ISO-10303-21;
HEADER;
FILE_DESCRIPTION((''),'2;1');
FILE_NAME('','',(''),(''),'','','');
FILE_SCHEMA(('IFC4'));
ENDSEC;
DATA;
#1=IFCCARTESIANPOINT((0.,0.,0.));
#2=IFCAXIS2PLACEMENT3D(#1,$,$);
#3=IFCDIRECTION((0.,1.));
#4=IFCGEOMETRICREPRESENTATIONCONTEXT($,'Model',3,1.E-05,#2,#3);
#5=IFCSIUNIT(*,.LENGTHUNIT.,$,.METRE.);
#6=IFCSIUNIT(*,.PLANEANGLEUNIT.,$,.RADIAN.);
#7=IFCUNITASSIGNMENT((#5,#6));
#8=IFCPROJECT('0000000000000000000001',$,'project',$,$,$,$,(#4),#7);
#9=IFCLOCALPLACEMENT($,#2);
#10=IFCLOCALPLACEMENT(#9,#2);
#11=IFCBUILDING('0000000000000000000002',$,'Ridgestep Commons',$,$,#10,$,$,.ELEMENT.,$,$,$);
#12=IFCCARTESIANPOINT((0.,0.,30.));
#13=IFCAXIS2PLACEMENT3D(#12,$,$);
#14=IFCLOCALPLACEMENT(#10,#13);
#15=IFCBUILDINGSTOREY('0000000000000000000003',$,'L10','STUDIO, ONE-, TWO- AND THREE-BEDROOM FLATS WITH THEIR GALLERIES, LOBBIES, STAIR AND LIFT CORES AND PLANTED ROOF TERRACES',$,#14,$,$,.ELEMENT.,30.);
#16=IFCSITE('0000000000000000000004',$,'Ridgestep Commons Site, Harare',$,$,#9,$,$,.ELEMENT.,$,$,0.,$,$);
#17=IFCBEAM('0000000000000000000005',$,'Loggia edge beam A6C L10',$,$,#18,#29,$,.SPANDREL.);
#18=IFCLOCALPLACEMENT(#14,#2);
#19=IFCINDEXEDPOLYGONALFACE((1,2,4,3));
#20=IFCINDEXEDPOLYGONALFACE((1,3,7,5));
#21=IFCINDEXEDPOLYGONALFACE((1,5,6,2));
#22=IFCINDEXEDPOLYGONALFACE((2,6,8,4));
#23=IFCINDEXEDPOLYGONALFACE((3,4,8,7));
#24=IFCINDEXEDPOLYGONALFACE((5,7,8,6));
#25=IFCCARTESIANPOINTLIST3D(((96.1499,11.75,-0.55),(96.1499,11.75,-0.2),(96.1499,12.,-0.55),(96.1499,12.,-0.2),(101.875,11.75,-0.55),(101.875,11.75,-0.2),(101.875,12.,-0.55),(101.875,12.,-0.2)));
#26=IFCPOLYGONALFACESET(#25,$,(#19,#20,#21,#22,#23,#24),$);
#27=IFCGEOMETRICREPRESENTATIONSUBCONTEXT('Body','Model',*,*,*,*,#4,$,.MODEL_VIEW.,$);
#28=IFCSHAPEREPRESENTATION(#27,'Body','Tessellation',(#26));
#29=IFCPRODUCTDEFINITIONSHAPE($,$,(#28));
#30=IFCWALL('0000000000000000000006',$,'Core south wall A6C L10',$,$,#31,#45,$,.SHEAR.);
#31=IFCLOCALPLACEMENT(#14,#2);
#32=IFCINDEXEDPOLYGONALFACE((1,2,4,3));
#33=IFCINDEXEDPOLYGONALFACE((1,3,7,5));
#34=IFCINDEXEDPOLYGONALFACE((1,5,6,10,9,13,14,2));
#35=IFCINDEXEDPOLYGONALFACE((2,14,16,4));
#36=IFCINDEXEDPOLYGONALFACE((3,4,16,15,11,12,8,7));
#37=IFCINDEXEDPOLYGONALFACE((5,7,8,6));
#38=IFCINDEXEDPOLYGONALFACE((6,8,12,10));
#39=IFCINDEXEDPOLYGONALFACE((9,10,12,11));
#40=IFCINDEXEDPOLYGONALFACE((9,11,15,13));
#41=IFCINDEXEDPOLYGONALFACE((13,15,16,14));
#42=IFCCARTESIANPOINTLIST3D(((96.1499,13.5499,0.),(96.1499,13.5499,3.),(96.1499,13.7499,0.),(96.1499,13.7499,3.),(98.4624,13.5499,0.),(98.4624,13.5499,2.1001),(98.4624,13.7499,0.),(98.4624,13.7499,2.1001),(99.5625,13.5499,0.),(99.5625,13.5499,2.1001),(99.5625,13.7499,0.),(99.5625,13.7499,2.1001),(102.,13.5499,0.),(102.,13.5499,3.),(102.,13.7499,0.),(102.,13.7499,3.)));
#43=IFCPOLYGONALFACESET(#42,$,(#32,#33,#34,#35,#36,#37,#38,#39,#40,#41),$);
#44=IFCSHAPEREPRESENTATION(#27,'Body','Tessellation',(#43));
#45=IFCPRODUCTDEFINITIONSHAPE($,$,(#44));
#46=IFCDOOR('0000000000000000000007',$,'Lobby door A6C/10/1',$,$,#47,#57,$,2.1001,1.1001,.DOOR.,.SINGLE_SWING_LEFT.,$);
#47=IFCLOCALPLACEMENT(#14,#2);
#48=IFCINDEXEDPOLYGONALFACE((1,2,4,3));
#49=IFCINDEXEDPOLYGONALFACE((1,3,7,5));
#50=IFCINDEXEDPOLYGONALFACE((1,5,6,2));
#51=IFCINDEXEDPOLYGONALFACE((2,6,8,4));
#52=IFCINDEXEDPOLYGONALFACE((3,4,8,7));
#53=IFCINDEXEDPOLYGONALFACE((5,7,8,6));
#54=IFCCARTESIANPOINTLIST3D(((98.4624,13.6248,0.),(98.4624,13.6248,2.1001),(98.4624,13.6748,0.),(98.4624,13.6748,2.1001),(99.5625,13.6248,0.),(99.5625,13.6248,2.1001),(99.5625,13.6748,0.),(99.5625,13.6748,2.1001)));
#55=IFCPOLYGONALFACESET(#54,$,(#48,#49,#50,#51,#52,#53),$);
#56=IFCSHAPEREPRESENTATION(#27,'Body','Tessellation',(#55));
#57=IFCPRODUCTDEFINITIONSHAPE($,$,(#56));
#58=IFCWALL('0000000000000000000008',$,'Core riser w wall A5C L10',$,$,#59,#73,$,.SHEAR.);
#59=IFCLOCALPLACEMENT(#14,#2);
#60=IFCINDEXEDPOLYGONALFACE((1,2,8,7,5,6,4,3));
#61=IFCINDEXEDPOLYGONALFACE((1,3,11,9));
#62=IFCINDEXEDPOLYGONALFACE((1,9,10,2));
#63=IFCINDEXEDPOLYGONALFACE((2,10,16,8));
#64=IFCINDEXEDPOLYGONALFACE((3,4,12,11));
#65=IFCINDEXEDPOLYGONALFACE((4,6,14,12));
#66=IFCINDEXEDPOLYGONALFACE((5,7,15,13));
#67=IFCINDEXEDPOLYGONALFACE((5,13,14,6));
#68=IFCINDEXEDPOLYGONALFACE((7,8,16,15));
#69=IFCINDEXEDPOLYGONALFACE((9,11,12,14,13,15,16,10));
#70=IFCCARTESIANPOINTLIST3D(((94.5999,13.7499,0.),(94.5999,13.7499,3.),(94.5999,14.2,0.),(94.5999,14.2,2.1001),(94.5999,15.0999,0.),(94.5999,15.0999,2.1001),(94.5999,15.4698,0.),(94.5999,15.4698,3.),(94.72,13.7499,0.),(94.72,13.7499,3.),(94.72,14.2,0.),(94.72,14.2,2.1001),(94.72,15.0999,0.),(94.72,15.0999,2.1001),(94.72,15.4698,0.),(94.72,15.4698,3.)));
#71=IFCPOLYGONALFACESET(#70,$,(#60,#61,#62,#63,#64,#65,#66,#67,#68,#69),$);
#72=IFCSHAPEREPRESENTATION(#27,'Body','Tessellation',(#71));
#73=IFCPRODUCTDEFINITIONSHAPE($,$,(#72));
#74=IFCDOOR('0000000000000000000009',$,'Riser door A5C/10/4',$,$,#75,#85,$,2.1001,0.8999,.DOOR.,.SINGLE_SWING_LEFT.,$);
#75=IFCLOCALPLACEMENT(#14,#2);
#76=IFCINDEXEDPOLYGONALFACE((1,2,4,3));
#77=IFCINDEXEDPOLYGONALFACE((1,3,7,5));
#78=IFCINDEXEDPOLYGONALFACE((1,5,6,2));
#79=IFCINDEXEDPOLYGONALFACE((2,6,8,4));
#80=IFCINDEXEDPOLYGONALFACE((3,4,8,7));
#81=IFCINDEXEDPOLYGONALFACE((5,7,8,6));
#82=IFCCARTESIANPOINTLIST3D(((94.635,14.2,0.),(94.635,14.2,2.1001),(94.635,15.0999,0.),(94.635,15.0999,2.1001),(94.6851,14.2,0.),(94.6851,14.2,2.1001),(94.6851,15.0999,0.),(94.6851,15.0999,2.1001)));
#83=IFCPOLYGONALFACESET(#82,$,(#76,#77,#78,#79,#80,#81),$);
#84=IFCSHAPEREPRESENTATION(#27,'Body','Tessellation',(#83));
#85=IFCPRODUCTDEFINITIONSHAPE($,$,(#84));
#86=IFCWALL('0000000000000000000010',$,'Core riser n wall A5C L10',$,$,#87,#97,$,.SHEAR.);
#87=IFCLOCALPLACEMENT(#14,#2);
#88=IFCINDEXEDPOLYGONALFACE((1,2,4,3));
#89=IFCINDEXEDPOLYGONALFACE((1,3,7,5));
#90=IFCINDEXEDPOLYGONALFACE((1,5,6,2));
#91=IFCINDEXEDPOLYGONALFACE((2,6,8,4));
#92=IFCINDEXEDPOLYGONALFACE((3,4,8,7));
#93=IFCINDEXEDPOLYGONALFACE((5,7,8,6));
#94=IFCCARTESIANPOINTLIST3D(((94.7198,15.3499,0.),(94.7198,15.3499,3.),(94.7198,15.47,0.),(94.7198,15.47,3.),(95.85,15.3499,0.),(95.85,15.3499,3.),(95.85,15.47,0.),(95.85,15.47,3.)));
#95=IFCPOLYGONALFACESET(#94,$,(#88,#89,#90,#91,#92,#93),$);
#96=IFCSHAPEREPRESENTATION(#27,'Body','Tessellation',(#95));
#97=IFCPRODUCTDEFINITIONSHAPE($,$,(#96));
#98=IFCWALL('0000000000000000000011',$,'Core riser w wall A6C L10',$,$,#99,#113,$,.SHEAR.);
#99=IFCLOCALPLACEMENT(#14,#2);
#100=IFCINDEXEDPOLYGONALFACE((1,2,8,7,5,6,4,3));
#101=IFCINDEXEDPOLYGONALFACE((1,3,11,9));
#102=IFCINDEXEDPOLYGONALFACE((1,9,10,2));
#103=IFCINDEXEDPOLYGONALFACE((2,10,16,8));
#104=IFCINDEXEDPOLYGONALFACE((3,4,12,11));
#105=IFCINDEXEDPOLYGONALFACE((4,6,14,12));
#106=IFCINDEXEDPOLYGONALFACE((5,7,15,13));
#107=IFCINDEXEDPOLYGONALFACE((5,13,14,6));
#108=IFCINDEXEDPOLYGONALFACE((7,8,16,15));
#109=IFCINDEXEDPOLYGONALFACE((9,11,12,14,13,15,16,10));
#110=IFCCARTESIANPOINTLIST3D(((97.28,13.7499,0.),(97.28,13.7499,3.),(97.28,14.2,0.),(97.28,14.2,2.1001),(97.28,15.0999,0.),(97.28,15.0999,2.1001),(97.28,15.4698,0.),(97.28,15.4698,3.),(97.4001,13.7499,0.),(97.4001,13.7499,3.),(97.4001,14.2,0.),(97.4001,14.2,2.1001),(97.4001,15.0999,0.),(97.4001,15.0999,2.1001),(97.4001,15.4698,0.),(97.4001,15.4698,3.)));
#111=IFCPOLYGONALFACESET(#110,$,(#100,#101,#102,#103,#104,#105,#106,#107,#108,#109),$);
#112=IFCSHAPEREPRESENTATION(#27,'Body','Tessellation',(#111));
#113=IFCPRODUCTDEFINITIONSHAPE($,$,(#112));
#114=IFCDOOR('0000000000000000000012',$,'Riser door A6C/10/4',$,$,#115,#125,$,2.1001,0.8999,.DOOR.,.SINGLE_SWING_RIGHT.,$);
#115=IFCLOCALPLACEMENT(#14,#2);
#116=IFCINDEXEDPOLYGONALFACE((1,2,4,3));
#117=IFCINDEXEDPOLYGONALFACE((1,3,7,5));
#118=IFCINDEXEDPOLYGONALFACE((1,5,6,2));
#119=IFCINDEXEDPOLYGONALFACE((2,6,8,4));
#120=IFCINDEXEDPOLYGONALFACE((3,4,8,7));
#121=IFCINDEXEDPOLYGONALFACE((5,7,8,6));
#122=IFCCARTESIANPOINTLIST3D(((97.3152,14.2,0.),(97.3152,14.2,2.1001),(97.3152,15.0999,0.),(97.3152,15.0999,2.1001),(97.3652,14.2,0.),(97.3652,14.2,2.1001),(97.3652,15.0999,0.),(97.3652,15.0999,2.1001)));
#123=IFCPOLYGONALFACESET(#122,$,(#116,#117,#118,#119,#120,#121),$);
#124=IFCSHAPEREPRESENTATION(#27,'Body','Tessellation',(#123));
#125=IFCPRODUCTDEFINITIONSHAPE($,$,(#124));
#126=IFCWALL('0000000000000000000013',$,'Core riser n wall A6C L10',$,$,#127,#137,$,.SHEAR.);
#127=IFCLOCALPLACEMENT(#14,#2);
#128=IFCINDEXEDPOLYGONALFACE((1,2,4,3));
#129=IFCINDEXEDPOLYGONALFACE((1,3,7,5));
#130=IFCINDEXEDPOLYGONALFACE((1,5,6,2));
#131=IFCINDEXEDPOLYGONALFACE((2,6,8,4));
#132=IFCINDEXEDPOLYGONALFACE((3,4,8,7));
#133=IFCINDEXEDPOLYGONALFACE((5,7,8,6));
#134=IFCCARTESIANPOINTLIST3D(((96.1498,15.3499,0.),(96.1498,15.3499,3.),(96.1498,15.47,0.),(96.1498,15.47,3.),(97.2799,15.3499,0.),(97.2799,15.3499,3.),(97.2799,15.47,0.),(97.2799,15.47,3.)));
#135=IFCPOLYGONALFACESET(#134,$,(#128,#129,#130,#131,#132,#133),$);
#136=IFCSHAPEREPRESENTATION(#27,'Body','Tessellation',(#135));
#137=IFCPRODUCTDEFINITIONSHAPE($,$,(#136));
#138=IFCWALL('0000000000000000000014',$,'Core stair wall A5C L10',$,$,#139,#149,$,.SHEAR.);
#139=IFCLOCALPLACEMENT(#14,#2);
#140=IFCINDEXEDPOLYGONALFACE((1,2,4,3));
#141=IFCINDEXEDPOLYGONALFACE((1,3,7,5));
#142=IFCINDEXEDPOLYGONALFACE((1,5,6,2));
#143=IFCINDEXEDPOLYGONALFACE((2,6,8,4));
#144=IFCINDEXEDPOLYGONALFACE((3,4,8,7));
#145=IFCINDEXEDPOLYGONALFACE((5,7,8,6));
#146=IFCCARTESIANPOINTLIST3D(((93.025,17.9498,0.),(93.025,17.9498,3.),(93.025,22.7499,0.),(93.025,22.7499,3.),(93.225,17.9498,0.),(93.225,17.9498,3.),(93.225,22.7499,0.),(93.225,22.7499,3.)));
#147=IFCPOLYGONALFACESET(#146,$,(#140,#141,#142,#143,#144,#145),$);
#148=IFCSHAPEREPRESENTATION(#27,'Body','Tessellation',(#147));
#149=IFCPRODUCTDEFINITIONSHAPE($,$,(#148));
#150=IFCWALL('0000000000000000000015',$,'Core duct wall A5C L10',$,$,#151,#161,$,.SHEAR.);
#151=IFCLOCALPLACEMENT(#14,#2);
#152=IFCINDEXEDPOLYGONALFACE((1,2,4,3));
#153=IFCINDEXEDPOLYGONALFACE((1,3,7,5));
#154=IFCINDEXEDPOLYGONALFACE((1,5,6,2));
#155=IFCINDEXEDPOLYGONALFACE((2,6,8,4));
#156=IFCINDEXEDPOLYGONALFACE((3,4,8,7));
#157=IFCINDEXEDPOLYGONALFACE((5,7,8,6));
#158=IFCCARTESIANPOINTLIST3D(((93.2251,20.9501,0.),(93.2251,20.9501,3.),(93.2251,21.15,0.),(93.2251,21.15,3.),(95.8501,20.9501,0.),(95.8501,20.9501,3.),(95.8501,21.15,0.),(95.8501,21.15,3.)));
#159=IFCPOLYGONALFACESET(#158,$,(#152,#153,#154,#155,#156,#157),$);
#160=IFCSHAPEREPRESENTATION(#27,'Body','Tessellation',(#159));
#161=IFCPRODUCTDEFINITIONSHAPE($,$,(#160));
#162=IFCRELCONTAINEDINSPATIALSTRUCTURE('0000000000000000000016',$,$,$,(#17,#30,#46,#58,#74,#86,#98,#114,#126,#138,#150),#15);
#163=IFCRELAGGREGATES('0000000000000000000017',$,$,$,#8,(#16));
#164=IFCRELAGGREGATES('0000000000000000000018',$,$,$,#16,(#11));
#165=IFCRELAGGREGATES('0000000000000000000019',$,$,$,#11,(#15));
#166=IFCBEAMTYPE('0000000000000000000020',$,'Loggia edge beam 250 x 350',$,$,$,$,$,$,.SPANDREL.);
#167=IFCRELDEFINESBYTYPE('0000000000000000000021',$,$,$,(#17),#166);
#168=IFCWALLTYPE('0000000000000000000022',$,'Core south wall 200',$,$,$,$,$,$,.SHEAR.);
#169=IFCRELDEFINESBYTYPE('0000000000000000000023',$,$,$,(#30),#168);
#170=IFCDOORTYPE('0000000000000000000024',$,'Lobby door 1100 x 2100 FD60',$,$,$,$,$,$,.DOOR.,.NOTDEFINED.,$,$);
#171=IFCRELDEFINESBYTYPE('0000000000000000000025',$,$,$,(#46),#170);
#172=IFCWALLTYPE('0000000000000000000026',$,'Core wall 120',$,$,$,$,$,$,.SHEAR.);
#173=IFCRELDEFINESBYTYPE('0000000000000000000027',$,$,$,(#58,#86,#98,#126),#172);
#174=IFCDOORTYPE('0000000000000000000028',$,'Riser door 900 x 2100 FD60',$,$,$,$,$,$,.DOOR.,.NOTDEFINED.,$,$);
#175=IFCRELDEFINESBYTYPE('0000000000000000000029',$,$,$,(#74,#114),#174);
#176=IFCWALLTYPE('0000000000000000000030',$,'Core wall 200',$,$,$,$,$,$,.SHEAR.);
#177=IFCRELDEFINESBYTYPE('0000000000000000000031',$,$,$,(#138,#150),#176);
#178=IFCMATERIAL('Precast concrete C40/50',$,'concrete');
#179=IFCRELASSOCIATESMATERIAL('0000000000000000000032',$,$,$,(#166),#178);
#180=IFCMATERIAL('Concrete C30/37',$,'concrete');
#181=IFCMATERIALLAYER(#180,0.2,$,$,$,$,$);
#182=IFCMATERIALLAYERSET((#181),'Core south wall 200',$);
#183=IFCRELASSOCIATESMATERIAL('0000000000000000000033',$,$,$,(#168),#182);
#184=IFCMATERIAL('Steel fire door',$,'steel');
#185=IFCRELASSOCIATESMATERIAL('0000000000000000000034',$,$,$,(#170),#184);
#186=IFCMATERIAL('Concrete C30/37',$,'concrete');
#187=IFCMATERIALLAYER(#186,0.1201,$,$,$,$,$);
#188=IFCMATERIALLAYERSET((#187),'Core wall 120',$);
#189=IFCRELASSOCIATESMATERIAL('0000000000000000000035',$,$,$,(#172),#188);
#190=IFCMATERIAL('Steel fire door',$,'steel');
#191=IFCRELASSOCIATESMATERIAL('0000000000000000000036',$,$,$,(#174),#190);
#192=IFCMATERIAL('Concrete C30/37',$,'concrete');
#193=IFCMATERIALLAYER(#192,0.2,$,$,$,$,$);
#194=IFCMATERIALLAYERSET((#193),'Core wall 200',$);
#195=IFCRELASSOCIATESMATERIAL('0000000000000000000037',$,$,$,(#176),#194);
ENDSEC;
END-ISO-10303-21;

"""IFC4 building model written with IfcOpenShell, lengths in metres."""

from ifc_helpers import new_model, si_unit, direction, frame, frame_2d, origin, origin_2d, place, context, subcontext, project, spatial, rectangle, extrude, material, layer, layer_set, material_profile, profile_set, type_object, element, fill, save


model = new_model("IFC4")

# Units and contexts
model_context = context("Model", 3, precision=1e-05, world=origin(), true_north=direction((0.0, 1.0)))
body_context = subcontext(model_context, "Body", "Model", "MODEL_VIEW")
ifc_project = project(units=[si_unit("LENGTHUNIT", "METRE"), si_unit("PLANEANGLEUNIT", "RADIAN")], contexts=[model_context])

# Site, building, storey
site_placement = place(None, origin())
site = spatial("IfcSite", under=ifc_project, at=site_placement, Name="Ridgestep Commons Site, Harare", CompositionType="ELEMENT", RefElevation=0.0)
building_placement = place(site_placement, origin())
building = spatial("IfcBuilding", under=site, at=building_placement, Name="Ridgestep Commons", CompositionType="ELEMENT")
storey_placement = place(building_placement, frame((0.0, 0.0, 30.0)))
storey = spatial("IfcBuildingStorey", under=building, at=storey_placement, Name="L10", Description="STUDIO, ONE-, TWO- AND THREE-BEDROOM FLATS WITH THEIR GALLERIES, LOBBIES, STAIR AND LIFT CORES AND PLANTED ROOF TERRACES", CompositionType="ELEMENT", Elevation=30.0)

# Beam
ifc_material_1 = material(Name="Precast concrete C40/50", Category="concrete")
ifc_material_profile = material_profile(ifc_material_1, rectangle(XDim=0.25, YDim=0.3501, at=origin_2d()), Name="PC 250x350")
ifc_profile_set = profile_set([ifc_material_profile], Name="Precast concrete C40/50")
beam_type = type_object("IfcBeamType", Name="Loggia edge beam 250 x 350", PredefinedType="SPANDREL", material=ifc_profile_set)
beam_placement = place(storey_placement, frame((96.1499, 11.875, -0.375), z_axis=(1.0, 0.0, 0.0), x_axis=(0.0, 1.0, 0.0)))
element("IfcBeam", 1, at=beam_placement, inside=storey, type_object=beam_type, Name="Loggia edge beam A6C L10", PredefinedType="SPANDREL", context=body_context, shape_type="SweptSolid", body=[
    extrude(rectangle(XDim=0.25, YDim=0.3501, at=origin_2d()), origin(), (0.0, 0.0, 1.0), 5.7251),
])

# Walls, openings, doors
ifc_material_2 = material(Name="Concrete C30/37", Category="concrete")
ifc_layer_1 = layer(ifc_material_2, 0.2)
ifc_layer_set_1 = layer_set([ifc_layer_1], Name="Core south wall 200")
wall_type_1 = type_object("IfcWallType", Name="Core south wall 200", PredefinedType="SHEAR", material=ifc_layer_set_1)
wall_1_placement = place(storey_placement, frame((96.1499, 13.6499, 0.0), z_axis=(0.0, 0.0, 1.0), x_axis=(1.0, 0.0, 0.0)))
wall_1 = element("IfcWall", 2, at=wall_1_placement, inside=storey, type_object=wall_type_1, Name="Core south wall A6C L10", PredefinedType="SHEAR", context=body_context, shape_type="SweptSolid", body=[
    extrude(rectangle(XDim=5.8501, YDim=0.2, at=frame_2d((2.925, 0.0))), origin(), (0.0, 0.0, 1.0), 3.0),
])
opening_1_placement = place(wall_1_placement, frame((2.3125, 0.0, 0.0)))
opening_1 = element("IfcOpeningElement", 3, at=opening_1_placement, cuts=wall_1, PredefinedType="OPENING", context=body_context, shape_type="SweptSolid", body=[
    extrude(rectangle(XDim=1.1001, YDim=2.1001, at=frame_2d((0.55, 1.05))), frame((0.0, 0.1099, 0.0), z_axis=(0.0, -1.0, 0.0), x_axis=(1.0, 0.0, 0.0)), (0.0, 0.0, 1.0), 0.22),
])
ifc_material_3 = material(Name="Steel fire door", Category="steel")
door_type_1 = type_object("IfcDoorType", Name="Lobby door 1100 x 2100 FD60", OperationType="NOTDEFINED", PredefinedType="DOOR", material=ifc_material_3)
door_1_placement = place(opening_1_placement, origin())
door_1 = element("IfcDoor", 4, at=door_1_placement, inside=storey, type_object=door_type_1, Name="Lobby door A6C/10/1", OperationType="SINGLE_SWING_LEFT", OverallHeight=2.1001, OverallWidth=1.1001, PredefinedType="DOOR", context=body_context, shape_type="SweptSolid", body=[
    extrude(rectangle(XDim=1.1001, YDim=2.1001, at=frame_2d((0.55, 1.05))), frame((0.0, 0.0249, 0.0), z_axis=(0.0, -1.0, 0.0), x_axis=(1.0, 0.0, 0.0)), (0.0, 0.0, 1.0), 0.05),
])
fill(opening_1, door_1)
ifc_material_4 = material(Name="Concrete C30/37", Category="concrete")
ifc_layer_2 = layer(ifc_material_4, 0.1201)
ifc_layer_set_2 = layer_set([ifc_layer_2], Name="Core wall 120")
wall_type_2 = type_object("IfcWallType", Name="Core wall 120", PredefinedType="SHEAR", material=ifc_layer_set_2)
wall_2_placement = place(storey_placement, frame((94.6599, 13.75, 0.0), z_axis=(0.0, 0.0, 1.0), x_axis=(0.0, 1.0, 0.0)))
wall_2 = element("IfcWall", 5, at=wall_2_placement, inside=storey, type_object=wall_type_2, Name="Core riser w wall A5C L10", PredefinedType="SHEAR", context=body_context, shape_type="SweptSolid", body=[
    extrude(rectangle(XDim=1.72, YDim=0.1201, at=frame_2d((0.8599, 0.0))), origin(), (0.0, 0.0, 1.0), 3.0),
])
opening_2_placement = place(wall_2_placement, frame((0.45, 0.0, 0.0)))
opening_2 = element("IfcOpeningElement", 6, at=opening_2_placement, cuts=wall_2, PredefinedType="OPENING", context=body_context, shape_type="SweptSolid", body=[
    extrude(rectangle(XDim=0.8999, YDim=2.1001, at=frame_2d((0.45, 1.05))), frame((0.0, 0.0701, 0.0), z_axis=(0.0, -1.0, 0.0), x_axis=(1.0, 0.0, 0.0)), (0.0, 0.0, 1.0), 0.1401),
])
ifc_material_5 = material(Name="Steel fire door", Category="steel")
door_type_2 = type_object("IfcDoorType", Name="Riser door 900 x 2100 FD60", OperationType="NOTDEFINED", PredefinedType="DOOR", material=ifc_material_5)
door_2_placement = place(opening_2_placement, origin())
door_2 = element("IfcDoor", 7, at=door_2_placement, inside=storey, type_object=door_type_2, Name="Riser door A5C/10/4", OperationType="SINGLE_SWING_LEFT", OverallHeight=2.1001, OverallWidth=0.8999, PredefinedType="DOOR", context=body_context, shape_type="SweptSolid", body=[
    extrude(rectangle(XDim=0.8999, YDim=2.1001, at=frame_2d((0.45, 1.05))), frame((0.0, 0.0249, 0.0), z_axis=(0.0, -1.0, 0.0), x_axis=(1.0, 0.0, 0.0)), (0.0, 0.0, 1.0), 0.05),
])
fill(opening_2, door_2)

# Wall
wall_3_placement = place(storey_placement, frame((94.72, 15.4099, 0.0), z_axis=(0.0, 0.0, 1.0), x_axis=(1.0, 0.0, 0.0)))
element("IfcWall", 8, at=wall_3_placement, inside=storey, type_object=wall_type_2, Name="Core riser n wall A5C L10", PredefinedType="SHEAR", context=body_context, shape_type="SweptSolid", body=[
    extrude(rectangle(XDim=1.1301, YDim=0.1201, at=frame_2d((0.5649, 0.0))), origin(), (0.0, 0.0, 1.0), 3.0),
])

# Wall, opening, door
wall_4_placement = place(storey_placement, frame((97.3401, 13.75, 0.0), z_axis=(0.0, 0.0, 1.0), x_axis=(0.0, 1.0, 0.0)))
wall_4 = element("IfcWall", 9, at=wall_4_placement, inside=storey, type_object=wall_type_2, Name="Core riser w wall A6C L10", PredefinedType="SHEAR", context=body_context, shape_type="SweptSolid", body=[
    extrude(rectangle(XDim=1.72, YDim=0.1201, at=frame_2d((0.8599, 0.0))), origin(), (0.0, 0.0, 1.0), 3.0),
])
opening_3_placement = place(wall_4_placement, frame((0.45, 0.0, 0.0)))
opening_3 = element("IfcOpeningElement", 10, at=opening_3_placement, cuts=wall_4, PredefinedType="OPENING", context=body_context, shape_type="SweptSolid", body=[
    extrude(rectangle(XDim=0.8999, YDim=2.1001, at=frame_2d((0.45, 1.05))), frame((0.0, 0.0701, 0.0), z_axis=(0.0, -1.0, 0.0), x_axis=(1.0, 0.0, 0.0)), (0.0, 0.0, 1.0), 0.1401),
])
door_3_placement = place(opening_3_placement, origin())
door_3 = element("IfcDoor", 11, at=door_3_placement, inside=storey, type_object=door_type_2, Name="Riser door A6C/10/4", OperationType="SINGLE_SWING_RIGHT", OverallHeight=2.1001, OverallWidth=0.8999, PredefinedType="DOOR", context=body_context, shape_type="SweptSolid", body=[
    extrude(rectangle(XDim=0.8999, YDim=2.1001, at=frame_2d((0.45, 1.05))), frame((0.0, 0.0249, 0.0), z_axis=(0.0, -1.0, 0.0), x_axis=(1.0, 0.0, 0.0)), (0.0, 0.0, 1.0), 0.05),
])
fill(opening_3, door_3)

# Walls
wall_5_placement = place(storey_placement, frame((96.1499, 15.4099, 0.0), z_axis=(0.0, 0.0, 1.0), x_axis=(1.0, 0.0, 0.0)))
element("IfcWall", 12, at=wall_5_placement, inside=storey, type_object=wall_type_2, Name="Core riser n wall A6C L10", PredefinedType="SHEAR", context=body_context, shape_type="SweptSolid", body=[
    extrude(rectangle(XDim=1.1301, YDim=0.1201, at=frame_2d((0.5649, 0.0))), origin(), (0.0, 0.0, 1.0), 3.0),
])
ifc_material_6 = material(Name="Concrete C30/37", Category="concrete")
ifc_layer_3 = layer(ifc_material_6, 0.2)
ifc_layer_set_3 = layer_set([ifc_layer_3], Name="Core wall 200")
wall_type_3 = type_object("IfcWallType", Name="Core wall 200", PredefinedType="SHEAR", material=ifc_layer_set_3)
wall_6_placement = place(storey_placement, frame((93.125, 17.95, 0.0), z_axis=(0.0, 0.0, 1.0), x_axis=(0.0, 1.0, 0.0)))
element("IfcWall", 13, at=wall_6_placement, inside=storey, type_object=wall_type_3, Name="Core stair wall A5C L10", PredefinedType="SHEAR", context=body_context, shape_type="SweptSolid", body=[
    extrude(rectangle(XDim=4.8, YDim=0.2, at=frame_2d((2.3999, 0.0))), origin(), (0.0, 0.0, 1.0), 3.0),
])
wall_7_placement = place(storey_placement, frame((93.2251, 21.05, 0.0), z_axis=(0.0, 0.0, 1.0), x_axis=(1.0, 0.0, 0.0)))
element("IfcWall", 14, at=wall_7_placement, inside=storey, type_object=wall_type_3, Name="Core duct wall A5C L10", PredefinedType="SHEAR", context=body_context, shape_type="SweptSolid", body=[
    extrude(rectangle(XDim=2.625, YDim=0.2, at=frame_2d((1.3125, 0.0))), origin(), (0.0, 0.0, 1.0), 3.0),
])

save(model, "model.ifc")
